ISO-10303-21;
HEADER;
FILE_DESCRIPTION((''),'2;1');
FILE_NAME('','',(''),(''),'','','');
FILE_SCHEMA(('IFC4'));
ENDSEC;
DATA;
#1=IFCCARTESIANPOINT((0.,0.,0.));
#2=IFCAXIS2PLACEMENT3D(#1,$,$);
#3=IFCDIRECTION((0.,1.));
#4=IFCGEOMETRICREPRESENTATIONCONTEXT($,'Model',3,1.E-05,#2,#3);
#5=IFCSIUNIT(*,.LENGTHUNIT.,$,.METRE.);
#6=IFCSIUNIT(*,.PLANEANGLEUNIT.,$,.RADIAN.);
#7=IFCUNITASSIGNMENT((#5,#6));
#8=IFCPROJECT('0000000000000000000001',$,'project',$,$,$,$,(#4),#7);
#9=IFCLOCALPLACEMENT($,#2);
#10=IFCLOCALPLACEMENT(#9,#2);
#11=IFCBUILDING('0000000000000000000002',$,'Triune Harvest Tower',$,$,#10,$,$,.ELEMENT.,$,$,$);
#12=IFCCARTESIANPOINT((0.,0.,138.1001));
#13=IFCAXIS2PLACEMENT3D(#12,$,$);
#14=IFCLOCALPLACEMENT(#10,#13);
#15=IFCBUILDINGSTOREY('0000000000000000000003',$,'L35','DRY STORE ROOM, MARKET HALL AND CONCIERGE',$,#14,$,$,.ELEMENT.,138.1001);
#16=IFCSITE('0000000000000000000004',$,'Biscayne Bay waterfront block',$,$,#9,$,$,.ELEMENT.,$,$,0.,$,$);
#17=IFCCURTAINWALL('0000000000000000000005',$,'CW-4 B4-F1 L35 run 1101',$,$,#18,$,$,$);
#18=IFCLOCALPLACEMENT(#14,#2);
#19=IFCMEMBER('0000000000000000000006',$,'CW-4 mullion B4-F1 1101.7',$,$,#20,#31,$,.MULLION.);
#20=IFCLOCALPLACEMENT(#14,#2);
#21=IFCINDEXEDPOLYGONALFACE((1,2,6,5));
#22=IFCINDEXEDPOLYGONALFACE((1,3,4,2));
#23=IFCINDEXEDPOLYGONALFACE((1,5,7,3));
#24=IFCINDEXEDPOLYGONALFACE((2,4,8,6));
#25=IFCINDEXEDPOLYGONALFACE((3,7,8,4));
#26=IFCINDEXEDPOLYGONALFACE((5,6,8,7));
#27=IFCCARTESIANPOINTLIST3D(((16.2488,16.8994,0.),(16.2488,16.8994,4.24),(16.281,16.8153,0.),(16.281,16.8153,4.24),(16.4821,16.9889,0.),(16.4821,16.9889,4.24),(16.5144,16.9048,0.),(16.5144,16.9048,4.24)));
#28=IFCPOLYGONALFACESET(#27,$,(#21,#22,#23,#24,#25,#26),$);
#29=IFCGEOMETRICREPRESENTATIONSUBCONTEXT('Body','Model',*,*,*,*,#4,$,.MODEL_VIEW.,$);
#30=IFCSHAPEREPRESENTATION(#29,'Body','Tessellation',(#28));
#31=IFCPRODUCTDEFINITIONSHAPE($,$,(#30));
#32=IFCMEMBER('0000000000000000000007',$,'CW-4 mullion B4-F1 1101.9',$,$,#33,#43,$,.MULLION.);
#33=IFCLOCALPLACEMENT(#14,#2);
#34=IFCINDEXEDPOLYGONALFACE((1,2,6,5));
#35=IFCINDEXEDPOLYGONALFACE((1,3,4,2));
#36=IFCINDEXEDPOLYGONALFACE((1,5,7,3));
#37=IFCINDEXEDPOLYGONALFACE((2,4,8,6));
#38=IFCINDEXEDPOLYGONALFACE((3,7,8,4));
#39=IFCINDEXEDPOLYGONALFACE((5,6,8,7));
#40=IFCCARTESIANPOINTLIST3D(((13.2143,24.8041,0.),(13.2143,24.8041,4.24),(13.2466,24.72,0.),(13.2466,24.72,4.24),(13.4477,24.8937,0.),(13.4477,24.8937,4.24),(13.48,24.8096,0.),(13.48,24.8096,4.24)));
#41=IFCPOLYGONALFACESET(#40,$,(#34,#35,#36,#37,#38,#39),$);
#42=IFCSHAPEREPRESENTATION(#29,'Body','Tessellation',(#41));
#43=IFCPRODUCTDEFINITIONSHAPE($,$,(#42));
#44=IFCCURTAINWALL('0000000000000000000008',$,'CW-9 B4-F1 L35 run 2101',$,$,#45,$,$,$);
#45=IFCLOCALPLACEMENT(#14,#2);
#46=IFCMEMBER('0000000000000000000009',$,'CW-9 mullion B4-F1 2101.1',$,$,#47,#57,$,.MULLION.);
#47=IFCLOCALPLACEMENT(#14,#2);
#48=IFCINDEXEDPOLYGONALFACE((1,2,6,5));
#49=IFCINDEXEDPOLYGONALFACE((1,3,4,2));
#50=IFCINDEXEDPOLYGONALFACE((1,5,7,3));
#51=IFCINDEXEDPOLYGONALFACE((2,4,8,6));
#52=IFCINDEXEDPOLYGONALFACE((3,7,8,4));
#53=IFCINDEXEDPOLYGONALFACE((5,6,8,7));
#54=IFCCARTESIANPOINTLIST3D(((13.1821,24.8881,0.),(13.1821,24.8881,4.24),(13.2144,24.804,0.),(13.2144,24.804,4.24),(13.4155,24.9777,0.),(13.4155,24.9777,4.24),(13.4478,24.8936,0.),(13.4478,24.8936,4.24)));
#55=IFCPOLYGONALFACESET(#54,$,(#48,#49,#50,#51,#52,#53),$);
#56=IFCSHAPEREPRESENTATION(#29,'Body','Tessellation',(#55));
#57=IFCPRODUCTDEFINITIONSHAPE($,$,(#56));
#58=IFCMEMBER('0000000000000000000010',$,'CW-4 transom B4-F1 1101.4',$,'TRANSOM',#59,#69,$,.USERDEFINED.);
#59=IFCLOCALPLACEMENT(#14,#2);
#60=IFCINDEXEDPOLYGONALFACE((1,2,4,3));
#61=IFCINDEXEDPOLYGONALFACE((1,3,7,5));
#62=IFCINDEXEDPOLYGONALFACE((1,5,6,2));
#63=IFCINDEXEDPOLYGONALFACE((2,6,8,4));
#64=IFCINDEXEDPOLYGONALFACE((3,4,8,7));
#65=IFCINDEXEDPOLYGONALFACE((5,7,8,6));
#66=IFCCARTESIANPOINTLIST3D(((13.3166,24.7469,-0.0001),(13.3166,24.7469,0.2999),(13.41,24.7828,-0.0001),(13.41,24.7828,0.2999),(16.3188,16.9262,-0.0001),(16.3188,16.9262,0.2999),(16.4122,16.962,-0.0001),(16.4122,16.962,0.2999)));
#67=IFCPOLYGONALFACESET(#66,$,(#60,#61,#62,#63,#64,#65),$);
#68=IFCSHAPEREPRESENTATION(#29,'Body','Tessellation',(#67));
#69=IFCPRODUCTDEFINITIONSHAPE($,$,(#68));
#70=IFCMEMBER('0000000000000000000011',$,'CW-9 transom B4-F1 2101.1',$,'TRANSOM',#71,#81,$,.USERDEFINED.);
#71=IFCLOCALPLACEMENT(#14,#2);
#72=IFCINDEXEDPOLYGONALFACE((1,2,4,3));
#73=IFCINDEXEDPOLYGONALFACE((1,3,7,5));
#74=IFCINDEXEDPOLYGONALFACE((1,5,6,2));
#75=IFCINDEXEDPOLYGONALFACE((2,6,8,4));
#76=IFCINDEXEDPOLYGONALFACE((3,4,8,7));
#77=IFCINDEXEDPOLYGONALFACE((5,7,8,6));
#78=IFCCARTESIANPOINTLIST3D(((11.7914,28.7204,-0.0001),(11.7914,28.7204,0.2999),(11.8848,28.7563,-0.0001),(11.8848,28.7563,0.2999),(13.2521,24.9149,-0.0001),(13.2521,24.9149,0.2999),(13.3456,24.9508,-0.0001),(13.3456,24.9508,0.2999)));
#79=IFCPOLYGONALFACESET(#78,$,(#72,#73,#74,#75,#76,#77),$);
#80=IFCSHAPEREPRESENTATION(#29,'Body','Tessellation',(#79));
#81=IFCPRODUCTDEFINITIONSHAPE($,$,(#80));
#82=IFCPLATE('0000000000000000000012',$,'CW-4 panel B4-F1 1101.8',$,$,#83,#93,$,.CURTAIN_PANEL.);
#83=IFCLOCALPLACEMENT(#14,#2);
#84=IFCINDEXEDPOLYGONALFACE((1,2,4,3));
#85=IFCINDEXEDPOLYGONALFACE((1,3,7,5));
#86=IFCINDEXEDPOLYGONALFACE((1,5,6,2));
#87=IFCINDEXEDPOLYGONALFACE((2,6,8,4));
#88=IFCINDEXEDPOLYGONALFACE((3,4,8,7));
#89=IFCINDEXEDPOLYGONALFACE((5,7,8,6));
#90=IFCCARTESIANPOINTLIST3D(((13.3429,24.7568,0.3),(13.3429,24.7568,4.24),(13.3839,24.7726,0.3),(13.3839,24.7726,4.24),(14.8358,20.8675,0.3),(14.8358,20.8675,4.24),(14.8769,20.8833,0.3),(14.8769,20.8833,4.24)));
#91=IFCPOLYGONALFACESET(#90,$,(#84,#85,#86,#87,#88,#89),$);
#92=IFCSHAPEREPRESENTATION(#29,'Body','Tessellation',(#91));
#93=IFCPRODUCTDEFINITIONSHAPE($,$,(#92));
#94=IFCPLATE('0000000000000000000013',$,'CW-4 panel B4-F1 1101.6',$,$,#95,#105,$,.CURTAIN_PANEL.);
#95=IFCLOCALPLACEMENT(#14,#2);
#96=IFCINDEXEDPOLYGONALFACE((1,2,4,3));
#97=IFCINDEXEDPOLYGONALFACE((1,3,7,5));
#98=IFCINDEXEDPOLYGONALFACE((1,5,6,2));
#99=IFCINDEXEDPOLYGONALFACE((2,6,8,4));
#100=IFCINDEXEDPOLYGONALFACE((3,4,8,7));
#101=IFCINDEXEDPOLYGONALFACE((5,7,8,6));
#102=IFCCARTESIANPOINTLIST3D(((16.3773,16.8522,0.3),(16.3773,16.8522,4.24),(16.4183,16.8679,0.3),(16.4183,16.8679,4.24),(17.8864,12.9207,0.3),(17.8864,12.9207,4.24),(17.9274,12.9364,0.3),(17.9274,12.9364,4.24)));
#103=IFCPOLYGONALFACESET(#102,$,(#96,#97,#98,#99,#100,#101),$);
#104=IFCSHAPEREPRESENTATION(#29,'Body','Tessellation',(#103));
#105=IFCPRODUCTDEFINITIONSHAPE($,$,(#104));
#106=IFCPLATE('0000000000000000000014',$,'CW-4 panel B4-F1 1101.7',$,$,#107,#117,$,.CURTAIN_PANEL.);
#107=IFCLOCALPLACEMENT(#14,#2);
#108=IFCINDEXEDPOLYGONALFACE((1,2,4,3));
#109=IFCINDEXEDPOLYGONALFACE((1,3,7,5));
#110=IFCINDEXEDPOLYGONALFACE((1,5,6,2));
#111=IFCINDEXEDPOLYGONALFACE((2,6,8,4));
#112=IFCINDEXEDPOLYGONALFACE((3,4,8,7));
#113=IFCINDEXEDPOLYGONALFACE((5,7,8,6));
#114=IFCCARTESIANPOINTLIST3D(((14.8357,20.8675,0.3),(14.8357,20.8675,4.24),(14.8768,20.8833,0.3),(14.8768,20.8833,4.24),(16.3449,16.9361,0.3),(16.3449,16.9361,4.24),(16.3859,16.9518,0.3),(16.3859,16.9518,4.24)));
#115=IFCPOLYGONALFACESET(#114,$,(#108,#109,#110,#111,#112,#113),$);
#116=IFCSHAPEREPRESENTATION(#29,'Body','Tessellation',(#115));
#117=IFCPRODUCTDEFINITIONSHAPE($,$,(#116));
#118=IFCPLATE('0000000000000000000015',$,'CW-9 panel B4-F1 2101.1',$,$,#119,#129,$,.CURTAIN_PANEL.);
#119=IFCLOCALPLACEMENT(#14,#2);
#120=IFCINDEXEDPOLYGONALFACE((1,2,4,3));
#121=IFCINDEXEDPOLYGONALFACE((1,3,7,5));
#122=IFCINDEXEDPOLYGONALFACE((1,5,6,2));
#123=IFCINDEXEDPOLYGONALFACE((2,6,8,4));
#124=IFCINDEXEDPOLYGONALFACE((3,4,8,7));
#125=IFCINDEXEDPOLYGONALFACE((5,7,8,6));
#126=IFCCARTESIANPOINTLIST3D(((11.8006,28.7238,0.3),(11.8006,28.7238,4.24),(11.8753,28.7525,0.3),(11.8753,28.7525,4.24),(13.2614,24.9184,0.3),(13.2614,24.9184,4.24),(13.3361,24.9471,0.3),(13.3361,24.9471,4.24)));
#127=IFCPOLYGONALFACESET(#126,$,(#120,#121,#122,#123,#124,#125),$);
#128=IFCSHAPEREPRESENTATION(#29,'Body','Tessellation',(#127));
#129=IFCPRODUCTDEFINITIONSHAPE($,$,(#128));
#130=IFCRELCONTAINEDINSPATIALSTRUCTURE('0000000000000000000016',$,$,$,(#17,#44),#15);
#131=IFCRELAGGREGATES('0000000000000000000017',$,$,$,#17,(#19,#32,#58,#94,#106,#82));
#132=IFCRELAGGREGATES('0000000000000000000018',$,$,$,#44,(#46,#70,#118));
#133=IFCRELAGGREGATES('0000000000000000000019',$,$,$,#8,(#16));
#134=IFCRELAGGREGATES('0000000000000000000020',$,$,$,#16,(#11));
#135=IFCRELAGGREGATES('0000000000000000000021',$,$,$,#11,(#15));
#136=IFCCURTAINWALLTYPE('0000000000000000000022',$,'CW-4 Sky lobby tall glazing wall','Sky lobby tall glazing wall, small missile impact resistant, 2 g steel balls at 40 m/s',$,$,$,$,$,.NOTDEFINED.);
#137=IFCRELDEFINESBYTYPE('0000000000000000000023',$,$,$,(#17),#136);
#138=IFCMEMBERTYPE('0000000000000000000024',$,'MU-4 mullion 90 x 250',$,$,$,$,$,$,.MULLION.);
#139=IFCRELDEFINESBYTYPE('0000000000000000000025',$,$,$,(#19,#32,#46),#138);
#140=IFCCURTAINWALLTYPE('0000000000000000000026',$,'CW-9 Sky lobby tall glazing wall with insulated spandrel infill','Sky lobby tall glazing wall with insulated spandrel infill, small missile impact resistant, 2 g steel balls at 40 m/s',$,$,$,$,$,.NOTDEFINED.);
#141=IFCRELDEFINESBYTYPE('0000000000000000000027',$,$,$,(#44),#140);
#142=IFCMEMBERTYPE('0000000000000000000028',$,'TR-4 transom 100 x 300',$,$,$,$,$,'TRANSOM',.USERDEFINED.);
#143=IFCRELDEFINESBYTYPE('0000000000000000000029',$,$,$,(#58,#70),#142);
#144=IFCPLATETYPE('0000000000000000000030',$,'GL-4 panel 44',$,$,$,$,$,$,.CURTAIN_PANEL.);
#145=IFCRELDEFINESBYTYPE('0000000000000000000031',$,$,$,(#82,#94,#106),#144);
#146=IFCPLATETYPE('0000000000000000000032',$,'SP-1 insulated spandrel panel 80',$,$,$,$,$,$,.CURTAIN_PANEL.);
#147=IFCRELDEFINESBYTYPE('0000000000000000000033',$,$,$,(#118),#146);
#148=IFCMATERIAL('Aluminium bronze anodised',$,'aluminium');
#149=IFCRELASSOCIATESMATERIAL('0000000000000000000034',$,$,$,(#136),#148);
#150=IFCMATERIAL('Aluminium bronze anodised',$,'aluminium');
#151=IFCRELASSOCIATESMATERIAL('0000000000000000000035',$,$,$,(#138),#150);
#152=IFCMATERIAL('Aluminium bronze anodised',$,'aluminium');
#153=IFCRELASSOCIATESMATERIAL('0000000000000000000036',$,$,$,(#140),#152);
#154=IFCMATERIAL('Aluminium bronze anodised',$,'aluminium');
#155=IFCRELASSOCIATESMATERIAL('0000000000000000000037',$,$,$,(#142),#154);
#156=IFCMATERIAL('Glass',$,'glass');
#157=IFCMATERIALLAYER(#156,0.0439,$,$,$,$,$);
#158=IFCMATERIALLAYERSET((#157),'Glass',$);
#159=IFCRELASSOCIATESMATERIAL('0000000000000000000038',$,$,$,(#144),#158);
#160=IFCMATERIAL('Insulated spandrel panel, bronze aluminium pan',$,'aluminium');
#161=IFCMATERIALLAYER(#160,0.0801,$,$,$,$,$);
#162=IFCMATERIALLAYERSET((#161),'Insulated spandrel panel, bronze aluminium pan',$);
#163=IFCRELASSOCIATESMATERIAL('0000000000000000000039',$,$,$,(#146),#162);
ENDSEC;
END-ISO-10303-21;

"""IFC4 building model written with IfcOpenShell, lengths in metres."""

from ifc_helpers import new_model, si_unit, direction, frame, origin, origin_2d, place, context, subcontext, project, spatial, rectangle, extrude, source, transform, mapped, material, layer, layer_set, material_profile, profile_set, type_object, element, aggregate, save


model = new_model("IFC4")

# Units and contexts
model_context = context("Model", 3, precision=1e-05, world=origin(), true_north=direction((0.0, 1.0)))
body_context = subcontext(model_context, "Body", "Model", "MODEL_VIEW")
ifc_project = project(units=[si_unit("LENGTHUNIT", "METRE"), si_unit("PLANEANGLEUNIT", "RADIAN")], contexts=[model_context])

# Site, building, storey
site_placement = place(None, origin())
site = spatial("IfcSite", under=ifc_project, at=site_placement, Name="Biscayne Bay waterfront block", CompositionType="ELEMENT", RefElevation=0.0)
building_placement = place(site_placement, origin())
building = spatial("IfcBuilding", under=site, at=building_placement, Name="Triune Harvest Tower", CompositionType="ELEMENT")
storey_placement = place(building_placement, frame((0.0, 0.0, 138.1001)))
storey = spatial("IfcBuildingStorey", under=building, at=storey_placement, Name="L35", Description="DRY STORE ROOM, MARKET HALL AND CONCIERGE", CompositionType="ELEMENT", Elevation=138.1001)

# Curtain wall, members
ifc_material_1 = material(Name="Aluminium bronze anodised", Category="aluminium")
curtain_wall_type_1 = type_object("IfcCurtainWallType", Name="CW-4 Sky lobby tall glazing wall", Description="Sky lobby tall glazing wall, small missile impact resistant, 2 g steel balls at 40 m/s", PredefinedType="NOTDEFINED", material=ifc_material_1)
curtain_wall_1_placement = place(storey_placement, origin())
curtain_wall_1 = element("IfcCurtainWall", 1, at=curtain_wall_1_placement, inside=storey, type_object=curtain_wall_type_1, Name="CW-4 B4-F1 L35 run 1101")
ifc_material_2 = material(Name="Aluminium bronze anodised", Category="aluminium")
ifc_material_profile_1 = material_profile(ifc_material_2, rectangle(XDim=0.25, YDim=0.0901, at=origin_2d()), Name="MU-4 mullion 90 x 250")
ifc_profile_set_1 = profile_set([ifc_material_profile_1], Name="Aluminium bronze anodised")
member_type_1 = type_object("IfcMemberType", Name="MU-4 mullion 90 x 250", PredefinedType="MULLION", material=ifc_profile_set_1)
shared_shape_1 = source(origin(), body_context, "Body", "SweptSolid", [
    extrude(rectangle(XDim=0.25, YDim=0.0901, at=origin_2d()), origin(), (0.0, 0.0, 1.0), 4.24),
])
member_1_placement = place(storey_placement, frame((16.3816, 16.9021, 0.0), z_axis=(0.0, 0.0, 1.0), x_axis=(-0.93358, -0.358369, 0.0)))
member_1 = element("IfcMember", 2, at=member_1_placement, type_object=member_type_1, Name="CW-4 mullion B4-F1 1101.7", PredefinedType="MULLION", context=body_context, shape_type="MappedRepresentation", body=[
    mapped(shared_shape_1, transform((0.0, 0.0, 0.0), scale=1.0)),
])
member_2_placement = place(storey_placement, frame((13.3472, 24.8069, 0.0), z_axis=(0.0, 0.0, 1.0), x_axis=(-0.93358, -0.358369, 0.0)))
member_2 = element("IfcMember", 3, at=member_2_placement, type_object=member_type_1, Name="CW-4 mullion B4-F1 1101.9", PredefinedType="MULLION", context=body_context, shape_type="MappedRepresentation", body=[
    mapped(shared_shape_1, transform((0.0, 0.0, 0.0), scale=1.0)),
])

# Curtain wall, member
ifc_material_3 = material(Name="Aluminium bronze anodised", Category="aluminium")
curtain_wall_type_2 = type_object("IfcCurtainWallType", Name="CW-9 Sky lobby tall glazing wall with insulated spandrel infill", Description="Sky lobby tall glazing wall with insulated spandrel infill, small missile impact resistant, 2 g steel balls at 40 m/s", PredefinedType="NOTDEFINED", material=ifc_material_3)
curtain_wall_2_placement = place(storey_placement, origin())
curtain_wall_2 = element("IfcCurtainWall", 4, at=curtain_wall_2_placement, inside=storey, type_object=curtain_wall_type_2, Name="CW-9 B4-F1 L35 run 2101")
member_3_placement = place(storey_placement, frame((13.3149, 24.8909, 0.0), z_axis=(0.0, 0.0, 1.0), x_axis=(-0.933576, -0.358379, 0.0)))
member_3 = element("IfcMember", 5, at=member_3_placement, type_object=member_type_1, Name="CW-9 mullion B4-F1 2101.1", PredefinedType="MULLION", context=body_context, shape_type="MappedRepresentation", body=[
    mapped(shared_shape_1, transform((0.0, 0.0, 0.0), scale=1.0)),
])

# Members
ifc_material_4 = material(Name="Aluminium bronze anodised", Category="aluminium")
ifc_material_profile_2 = material_profile(ifc_material_4, rectangle(XDim=0.1001, YDim=0.3, at=origin_2d()), Name="TR-4 transom 100 x 300")
ifc_profile_set_2 = profile_set([ifc_material_profile_2], Name="Aluminium bronze anodised")
member_type_2 = type_object("IfcMemberType", Name="TR-4 transom 100 x 300", ElementType="TRANSOM", PredefinedType="USERDEFINED", material=ifc_profile_set_2)
shared_shape_2 = source(origin(), body_context, "Body", "SweptSolid", [
    extrude(rectangle(XDim=0.1001, YDim=0.3, at=origin_2d()), origin(), (0.0, 0.0, 1.0), 8.3772),
])
member_4_placement = place(storey_placement, frame((16.3655, 16.9441, 0.1499), z_axis=(-0.358376, 0.933578, 0.0), x_axis=(-0.933578, -0.358376, 0.0)))
member_4 = element("IfcMember", 6, at=member_4_placement, type_object=member_type_2, Name="CW-4 transom B4-F1 1101.4", ObjectType="TRANSOM", PredefinedType="USERDEFINED", context=body_context, shape_type="MappedRepresentation", body=[
    mapped(shared_shape_2, transform((0.0, 0.0, 0.0), scale=1.0)),
])
shared_shape_3 = source(origin(), body_context, "Body", "SweptSolid", [
    extrude(rectangle(XDim=0.1001, YDim=0.3, at=origin_2d()), origin(), (0.0, 0.0, 1.0), 4.0762),
])
member_5_placement = place(storey_placement, frame((13.2988, 24.9329, 0.1499), z_axis=(-0.358353, 0.933586, 0.0), x_axis=(-0.933586, -0.358353, 0.0)))
member_5 = element("IfcMember", 7, at=member_5_placement, type_object=member_type_2, Name="CW-9 transom B4-F1 2101.1", ObjectType="TRANSOM", PredefinedType="USERDEFINED", context=body_context, shape_type="MappedRepresentation", body=[
    mapped(shared_shape_3, transform((0.0, 0.0, 0.0), scale=1.0)),
])

# Plates
ifc_material_5 = material(Name="Glass", Category="glass")
ifc_layer_1 = layer(ifc_material_5, 0.0439)
ifc_layer_set_1 = layer_set([ifc_layer_1], Name="Glass")
plate_type_1 = type_object("IfcPlateType", Name="GL-4 panel 44", PredefinedType="CURTAIN_PANEL", material=ifc_layer_set_1)
shared_shape_4 = source(origin(), body_context, "Body", "SweptSolid", [
    extrude(rectangle(XDim=4.166, YDim=0.0439, at=origin_2d()), origin(), (0.0, 0.0, 1.0), 3.9399),
])
plate_1_placement = place(storey_placement, frame((14.1099, 22.8201, 0.3), z_axis=(0.0, 0.0, 1.0), x_axis=(-0.358369, 0.93358, 0.0)))
plate_1 = element("IfcPlate", 8, at=plate_1_placement, type_object=plate_type_1, Name="CW-4 panel B4-F1 1101.8", PredefinedType="CURTAIN_PANEL", context=body_context, shape_type="MappedRepresentation", body=[
    mapped(shared_shape_4, transform((0.0, 0.0, 0.0), scale=1.0)),
])
shared_shape_5 = source(origin(), body_context, "Body", "SweptSolid", [
    extrude(rectangle(XDim=4.2112, YDim=0.0439, at=origin_2d()), origin(), (0.0, 0.0, 1.0), 3.9399),
])
plate_2_placement = place(storey_placement, frame((17.1523, 14.8943, 0.3), z_axis=(0.0, 0.0, 1.0), x_axis=(-0.358369, 0.93358, 0.0)))
plate_2 = element("IfcPlate", 9, at=plate_2_placement, type_object=plate_type_1, Name="CW-4 panel B4-F1 1101.6", PredefinedType="CURTAIN_PANEL", context=body_context, shape_type="MappedRepresentation", body=[
    mapped(shared_shape_5, transform((0.0, 0.0, 0.0), scale=1.0)),
])
plate_3_placement = place(storey_placement, frame((15.6108, 18.9097, 0.3), z_axis=(0.0, 0.0, 1.0), x_axis=(-0.358369, 0.93358, 0.0)))
plate_3 = element("IfcPlate", 10, at=plate_3_placement, type_object=plate_type_1, Name="CW-4 panel B4-F1 1101.7", PredefinedType="CURTAIN_PANEL", context=body_context, shape_type="MappedRepresentation", body=[
    mapped(shared_shape_5, transform((0.0, 0.0, 0.0), scale=1.0)),
])
aggregate(curtain_wall_1, [member_1, member_2, member_4, plate_2, plate_3, plate_1])
ifc_material_6 = material(Name="Insulated spandrel panel, bronze aluminium pan", Category="aluminium")
ifc_layer_2 = layer(ifc_material_6, 0.0801)
ifc_layer_set_2 = layer_set([ifc_layer_2], Name="Insulated spandrel panel, bronze aluminium pan")
plate_type_2 = type_object("IfcPlateType", Name="SP-1 insulated spandrel panel 80", PredefinedType="CURTAIN_PANEL", material=ifc_layer_set_2)
shared_shape_6 = source(origin(), body_context, "Body", "SweptSolid", [
    extrude(rectangle(XDim=4.0762, YDim=0.0801, at=origin_2d()), origin(), (0.0, 0.0, 1.0), 3.9399),
])
plate_4_placement = place(storey_placement, frame((12.5684, 26.8354, 0.3), z_axis=(0.0, 0.0, 1.0), x_axis=(-0.358379, 0.933576, 0.0)))
plate_4 = element("IfcPlate", 11, at=plate_4_placement, type_object=plate_type_2, Name="CW-9 panel B4-F1 2101.1", PredefinedType="CURTAIN_PANEL", context=body_context, shape_type="MappedRepresentation", body=[
    mapped(shared_shape_6, transform((0.0, 0.0, 0.0), scale=1.0)),
])
aggregate(curtain_wall_2, [member_3, member_5, plate_4])

save(model, "model.ifc")
